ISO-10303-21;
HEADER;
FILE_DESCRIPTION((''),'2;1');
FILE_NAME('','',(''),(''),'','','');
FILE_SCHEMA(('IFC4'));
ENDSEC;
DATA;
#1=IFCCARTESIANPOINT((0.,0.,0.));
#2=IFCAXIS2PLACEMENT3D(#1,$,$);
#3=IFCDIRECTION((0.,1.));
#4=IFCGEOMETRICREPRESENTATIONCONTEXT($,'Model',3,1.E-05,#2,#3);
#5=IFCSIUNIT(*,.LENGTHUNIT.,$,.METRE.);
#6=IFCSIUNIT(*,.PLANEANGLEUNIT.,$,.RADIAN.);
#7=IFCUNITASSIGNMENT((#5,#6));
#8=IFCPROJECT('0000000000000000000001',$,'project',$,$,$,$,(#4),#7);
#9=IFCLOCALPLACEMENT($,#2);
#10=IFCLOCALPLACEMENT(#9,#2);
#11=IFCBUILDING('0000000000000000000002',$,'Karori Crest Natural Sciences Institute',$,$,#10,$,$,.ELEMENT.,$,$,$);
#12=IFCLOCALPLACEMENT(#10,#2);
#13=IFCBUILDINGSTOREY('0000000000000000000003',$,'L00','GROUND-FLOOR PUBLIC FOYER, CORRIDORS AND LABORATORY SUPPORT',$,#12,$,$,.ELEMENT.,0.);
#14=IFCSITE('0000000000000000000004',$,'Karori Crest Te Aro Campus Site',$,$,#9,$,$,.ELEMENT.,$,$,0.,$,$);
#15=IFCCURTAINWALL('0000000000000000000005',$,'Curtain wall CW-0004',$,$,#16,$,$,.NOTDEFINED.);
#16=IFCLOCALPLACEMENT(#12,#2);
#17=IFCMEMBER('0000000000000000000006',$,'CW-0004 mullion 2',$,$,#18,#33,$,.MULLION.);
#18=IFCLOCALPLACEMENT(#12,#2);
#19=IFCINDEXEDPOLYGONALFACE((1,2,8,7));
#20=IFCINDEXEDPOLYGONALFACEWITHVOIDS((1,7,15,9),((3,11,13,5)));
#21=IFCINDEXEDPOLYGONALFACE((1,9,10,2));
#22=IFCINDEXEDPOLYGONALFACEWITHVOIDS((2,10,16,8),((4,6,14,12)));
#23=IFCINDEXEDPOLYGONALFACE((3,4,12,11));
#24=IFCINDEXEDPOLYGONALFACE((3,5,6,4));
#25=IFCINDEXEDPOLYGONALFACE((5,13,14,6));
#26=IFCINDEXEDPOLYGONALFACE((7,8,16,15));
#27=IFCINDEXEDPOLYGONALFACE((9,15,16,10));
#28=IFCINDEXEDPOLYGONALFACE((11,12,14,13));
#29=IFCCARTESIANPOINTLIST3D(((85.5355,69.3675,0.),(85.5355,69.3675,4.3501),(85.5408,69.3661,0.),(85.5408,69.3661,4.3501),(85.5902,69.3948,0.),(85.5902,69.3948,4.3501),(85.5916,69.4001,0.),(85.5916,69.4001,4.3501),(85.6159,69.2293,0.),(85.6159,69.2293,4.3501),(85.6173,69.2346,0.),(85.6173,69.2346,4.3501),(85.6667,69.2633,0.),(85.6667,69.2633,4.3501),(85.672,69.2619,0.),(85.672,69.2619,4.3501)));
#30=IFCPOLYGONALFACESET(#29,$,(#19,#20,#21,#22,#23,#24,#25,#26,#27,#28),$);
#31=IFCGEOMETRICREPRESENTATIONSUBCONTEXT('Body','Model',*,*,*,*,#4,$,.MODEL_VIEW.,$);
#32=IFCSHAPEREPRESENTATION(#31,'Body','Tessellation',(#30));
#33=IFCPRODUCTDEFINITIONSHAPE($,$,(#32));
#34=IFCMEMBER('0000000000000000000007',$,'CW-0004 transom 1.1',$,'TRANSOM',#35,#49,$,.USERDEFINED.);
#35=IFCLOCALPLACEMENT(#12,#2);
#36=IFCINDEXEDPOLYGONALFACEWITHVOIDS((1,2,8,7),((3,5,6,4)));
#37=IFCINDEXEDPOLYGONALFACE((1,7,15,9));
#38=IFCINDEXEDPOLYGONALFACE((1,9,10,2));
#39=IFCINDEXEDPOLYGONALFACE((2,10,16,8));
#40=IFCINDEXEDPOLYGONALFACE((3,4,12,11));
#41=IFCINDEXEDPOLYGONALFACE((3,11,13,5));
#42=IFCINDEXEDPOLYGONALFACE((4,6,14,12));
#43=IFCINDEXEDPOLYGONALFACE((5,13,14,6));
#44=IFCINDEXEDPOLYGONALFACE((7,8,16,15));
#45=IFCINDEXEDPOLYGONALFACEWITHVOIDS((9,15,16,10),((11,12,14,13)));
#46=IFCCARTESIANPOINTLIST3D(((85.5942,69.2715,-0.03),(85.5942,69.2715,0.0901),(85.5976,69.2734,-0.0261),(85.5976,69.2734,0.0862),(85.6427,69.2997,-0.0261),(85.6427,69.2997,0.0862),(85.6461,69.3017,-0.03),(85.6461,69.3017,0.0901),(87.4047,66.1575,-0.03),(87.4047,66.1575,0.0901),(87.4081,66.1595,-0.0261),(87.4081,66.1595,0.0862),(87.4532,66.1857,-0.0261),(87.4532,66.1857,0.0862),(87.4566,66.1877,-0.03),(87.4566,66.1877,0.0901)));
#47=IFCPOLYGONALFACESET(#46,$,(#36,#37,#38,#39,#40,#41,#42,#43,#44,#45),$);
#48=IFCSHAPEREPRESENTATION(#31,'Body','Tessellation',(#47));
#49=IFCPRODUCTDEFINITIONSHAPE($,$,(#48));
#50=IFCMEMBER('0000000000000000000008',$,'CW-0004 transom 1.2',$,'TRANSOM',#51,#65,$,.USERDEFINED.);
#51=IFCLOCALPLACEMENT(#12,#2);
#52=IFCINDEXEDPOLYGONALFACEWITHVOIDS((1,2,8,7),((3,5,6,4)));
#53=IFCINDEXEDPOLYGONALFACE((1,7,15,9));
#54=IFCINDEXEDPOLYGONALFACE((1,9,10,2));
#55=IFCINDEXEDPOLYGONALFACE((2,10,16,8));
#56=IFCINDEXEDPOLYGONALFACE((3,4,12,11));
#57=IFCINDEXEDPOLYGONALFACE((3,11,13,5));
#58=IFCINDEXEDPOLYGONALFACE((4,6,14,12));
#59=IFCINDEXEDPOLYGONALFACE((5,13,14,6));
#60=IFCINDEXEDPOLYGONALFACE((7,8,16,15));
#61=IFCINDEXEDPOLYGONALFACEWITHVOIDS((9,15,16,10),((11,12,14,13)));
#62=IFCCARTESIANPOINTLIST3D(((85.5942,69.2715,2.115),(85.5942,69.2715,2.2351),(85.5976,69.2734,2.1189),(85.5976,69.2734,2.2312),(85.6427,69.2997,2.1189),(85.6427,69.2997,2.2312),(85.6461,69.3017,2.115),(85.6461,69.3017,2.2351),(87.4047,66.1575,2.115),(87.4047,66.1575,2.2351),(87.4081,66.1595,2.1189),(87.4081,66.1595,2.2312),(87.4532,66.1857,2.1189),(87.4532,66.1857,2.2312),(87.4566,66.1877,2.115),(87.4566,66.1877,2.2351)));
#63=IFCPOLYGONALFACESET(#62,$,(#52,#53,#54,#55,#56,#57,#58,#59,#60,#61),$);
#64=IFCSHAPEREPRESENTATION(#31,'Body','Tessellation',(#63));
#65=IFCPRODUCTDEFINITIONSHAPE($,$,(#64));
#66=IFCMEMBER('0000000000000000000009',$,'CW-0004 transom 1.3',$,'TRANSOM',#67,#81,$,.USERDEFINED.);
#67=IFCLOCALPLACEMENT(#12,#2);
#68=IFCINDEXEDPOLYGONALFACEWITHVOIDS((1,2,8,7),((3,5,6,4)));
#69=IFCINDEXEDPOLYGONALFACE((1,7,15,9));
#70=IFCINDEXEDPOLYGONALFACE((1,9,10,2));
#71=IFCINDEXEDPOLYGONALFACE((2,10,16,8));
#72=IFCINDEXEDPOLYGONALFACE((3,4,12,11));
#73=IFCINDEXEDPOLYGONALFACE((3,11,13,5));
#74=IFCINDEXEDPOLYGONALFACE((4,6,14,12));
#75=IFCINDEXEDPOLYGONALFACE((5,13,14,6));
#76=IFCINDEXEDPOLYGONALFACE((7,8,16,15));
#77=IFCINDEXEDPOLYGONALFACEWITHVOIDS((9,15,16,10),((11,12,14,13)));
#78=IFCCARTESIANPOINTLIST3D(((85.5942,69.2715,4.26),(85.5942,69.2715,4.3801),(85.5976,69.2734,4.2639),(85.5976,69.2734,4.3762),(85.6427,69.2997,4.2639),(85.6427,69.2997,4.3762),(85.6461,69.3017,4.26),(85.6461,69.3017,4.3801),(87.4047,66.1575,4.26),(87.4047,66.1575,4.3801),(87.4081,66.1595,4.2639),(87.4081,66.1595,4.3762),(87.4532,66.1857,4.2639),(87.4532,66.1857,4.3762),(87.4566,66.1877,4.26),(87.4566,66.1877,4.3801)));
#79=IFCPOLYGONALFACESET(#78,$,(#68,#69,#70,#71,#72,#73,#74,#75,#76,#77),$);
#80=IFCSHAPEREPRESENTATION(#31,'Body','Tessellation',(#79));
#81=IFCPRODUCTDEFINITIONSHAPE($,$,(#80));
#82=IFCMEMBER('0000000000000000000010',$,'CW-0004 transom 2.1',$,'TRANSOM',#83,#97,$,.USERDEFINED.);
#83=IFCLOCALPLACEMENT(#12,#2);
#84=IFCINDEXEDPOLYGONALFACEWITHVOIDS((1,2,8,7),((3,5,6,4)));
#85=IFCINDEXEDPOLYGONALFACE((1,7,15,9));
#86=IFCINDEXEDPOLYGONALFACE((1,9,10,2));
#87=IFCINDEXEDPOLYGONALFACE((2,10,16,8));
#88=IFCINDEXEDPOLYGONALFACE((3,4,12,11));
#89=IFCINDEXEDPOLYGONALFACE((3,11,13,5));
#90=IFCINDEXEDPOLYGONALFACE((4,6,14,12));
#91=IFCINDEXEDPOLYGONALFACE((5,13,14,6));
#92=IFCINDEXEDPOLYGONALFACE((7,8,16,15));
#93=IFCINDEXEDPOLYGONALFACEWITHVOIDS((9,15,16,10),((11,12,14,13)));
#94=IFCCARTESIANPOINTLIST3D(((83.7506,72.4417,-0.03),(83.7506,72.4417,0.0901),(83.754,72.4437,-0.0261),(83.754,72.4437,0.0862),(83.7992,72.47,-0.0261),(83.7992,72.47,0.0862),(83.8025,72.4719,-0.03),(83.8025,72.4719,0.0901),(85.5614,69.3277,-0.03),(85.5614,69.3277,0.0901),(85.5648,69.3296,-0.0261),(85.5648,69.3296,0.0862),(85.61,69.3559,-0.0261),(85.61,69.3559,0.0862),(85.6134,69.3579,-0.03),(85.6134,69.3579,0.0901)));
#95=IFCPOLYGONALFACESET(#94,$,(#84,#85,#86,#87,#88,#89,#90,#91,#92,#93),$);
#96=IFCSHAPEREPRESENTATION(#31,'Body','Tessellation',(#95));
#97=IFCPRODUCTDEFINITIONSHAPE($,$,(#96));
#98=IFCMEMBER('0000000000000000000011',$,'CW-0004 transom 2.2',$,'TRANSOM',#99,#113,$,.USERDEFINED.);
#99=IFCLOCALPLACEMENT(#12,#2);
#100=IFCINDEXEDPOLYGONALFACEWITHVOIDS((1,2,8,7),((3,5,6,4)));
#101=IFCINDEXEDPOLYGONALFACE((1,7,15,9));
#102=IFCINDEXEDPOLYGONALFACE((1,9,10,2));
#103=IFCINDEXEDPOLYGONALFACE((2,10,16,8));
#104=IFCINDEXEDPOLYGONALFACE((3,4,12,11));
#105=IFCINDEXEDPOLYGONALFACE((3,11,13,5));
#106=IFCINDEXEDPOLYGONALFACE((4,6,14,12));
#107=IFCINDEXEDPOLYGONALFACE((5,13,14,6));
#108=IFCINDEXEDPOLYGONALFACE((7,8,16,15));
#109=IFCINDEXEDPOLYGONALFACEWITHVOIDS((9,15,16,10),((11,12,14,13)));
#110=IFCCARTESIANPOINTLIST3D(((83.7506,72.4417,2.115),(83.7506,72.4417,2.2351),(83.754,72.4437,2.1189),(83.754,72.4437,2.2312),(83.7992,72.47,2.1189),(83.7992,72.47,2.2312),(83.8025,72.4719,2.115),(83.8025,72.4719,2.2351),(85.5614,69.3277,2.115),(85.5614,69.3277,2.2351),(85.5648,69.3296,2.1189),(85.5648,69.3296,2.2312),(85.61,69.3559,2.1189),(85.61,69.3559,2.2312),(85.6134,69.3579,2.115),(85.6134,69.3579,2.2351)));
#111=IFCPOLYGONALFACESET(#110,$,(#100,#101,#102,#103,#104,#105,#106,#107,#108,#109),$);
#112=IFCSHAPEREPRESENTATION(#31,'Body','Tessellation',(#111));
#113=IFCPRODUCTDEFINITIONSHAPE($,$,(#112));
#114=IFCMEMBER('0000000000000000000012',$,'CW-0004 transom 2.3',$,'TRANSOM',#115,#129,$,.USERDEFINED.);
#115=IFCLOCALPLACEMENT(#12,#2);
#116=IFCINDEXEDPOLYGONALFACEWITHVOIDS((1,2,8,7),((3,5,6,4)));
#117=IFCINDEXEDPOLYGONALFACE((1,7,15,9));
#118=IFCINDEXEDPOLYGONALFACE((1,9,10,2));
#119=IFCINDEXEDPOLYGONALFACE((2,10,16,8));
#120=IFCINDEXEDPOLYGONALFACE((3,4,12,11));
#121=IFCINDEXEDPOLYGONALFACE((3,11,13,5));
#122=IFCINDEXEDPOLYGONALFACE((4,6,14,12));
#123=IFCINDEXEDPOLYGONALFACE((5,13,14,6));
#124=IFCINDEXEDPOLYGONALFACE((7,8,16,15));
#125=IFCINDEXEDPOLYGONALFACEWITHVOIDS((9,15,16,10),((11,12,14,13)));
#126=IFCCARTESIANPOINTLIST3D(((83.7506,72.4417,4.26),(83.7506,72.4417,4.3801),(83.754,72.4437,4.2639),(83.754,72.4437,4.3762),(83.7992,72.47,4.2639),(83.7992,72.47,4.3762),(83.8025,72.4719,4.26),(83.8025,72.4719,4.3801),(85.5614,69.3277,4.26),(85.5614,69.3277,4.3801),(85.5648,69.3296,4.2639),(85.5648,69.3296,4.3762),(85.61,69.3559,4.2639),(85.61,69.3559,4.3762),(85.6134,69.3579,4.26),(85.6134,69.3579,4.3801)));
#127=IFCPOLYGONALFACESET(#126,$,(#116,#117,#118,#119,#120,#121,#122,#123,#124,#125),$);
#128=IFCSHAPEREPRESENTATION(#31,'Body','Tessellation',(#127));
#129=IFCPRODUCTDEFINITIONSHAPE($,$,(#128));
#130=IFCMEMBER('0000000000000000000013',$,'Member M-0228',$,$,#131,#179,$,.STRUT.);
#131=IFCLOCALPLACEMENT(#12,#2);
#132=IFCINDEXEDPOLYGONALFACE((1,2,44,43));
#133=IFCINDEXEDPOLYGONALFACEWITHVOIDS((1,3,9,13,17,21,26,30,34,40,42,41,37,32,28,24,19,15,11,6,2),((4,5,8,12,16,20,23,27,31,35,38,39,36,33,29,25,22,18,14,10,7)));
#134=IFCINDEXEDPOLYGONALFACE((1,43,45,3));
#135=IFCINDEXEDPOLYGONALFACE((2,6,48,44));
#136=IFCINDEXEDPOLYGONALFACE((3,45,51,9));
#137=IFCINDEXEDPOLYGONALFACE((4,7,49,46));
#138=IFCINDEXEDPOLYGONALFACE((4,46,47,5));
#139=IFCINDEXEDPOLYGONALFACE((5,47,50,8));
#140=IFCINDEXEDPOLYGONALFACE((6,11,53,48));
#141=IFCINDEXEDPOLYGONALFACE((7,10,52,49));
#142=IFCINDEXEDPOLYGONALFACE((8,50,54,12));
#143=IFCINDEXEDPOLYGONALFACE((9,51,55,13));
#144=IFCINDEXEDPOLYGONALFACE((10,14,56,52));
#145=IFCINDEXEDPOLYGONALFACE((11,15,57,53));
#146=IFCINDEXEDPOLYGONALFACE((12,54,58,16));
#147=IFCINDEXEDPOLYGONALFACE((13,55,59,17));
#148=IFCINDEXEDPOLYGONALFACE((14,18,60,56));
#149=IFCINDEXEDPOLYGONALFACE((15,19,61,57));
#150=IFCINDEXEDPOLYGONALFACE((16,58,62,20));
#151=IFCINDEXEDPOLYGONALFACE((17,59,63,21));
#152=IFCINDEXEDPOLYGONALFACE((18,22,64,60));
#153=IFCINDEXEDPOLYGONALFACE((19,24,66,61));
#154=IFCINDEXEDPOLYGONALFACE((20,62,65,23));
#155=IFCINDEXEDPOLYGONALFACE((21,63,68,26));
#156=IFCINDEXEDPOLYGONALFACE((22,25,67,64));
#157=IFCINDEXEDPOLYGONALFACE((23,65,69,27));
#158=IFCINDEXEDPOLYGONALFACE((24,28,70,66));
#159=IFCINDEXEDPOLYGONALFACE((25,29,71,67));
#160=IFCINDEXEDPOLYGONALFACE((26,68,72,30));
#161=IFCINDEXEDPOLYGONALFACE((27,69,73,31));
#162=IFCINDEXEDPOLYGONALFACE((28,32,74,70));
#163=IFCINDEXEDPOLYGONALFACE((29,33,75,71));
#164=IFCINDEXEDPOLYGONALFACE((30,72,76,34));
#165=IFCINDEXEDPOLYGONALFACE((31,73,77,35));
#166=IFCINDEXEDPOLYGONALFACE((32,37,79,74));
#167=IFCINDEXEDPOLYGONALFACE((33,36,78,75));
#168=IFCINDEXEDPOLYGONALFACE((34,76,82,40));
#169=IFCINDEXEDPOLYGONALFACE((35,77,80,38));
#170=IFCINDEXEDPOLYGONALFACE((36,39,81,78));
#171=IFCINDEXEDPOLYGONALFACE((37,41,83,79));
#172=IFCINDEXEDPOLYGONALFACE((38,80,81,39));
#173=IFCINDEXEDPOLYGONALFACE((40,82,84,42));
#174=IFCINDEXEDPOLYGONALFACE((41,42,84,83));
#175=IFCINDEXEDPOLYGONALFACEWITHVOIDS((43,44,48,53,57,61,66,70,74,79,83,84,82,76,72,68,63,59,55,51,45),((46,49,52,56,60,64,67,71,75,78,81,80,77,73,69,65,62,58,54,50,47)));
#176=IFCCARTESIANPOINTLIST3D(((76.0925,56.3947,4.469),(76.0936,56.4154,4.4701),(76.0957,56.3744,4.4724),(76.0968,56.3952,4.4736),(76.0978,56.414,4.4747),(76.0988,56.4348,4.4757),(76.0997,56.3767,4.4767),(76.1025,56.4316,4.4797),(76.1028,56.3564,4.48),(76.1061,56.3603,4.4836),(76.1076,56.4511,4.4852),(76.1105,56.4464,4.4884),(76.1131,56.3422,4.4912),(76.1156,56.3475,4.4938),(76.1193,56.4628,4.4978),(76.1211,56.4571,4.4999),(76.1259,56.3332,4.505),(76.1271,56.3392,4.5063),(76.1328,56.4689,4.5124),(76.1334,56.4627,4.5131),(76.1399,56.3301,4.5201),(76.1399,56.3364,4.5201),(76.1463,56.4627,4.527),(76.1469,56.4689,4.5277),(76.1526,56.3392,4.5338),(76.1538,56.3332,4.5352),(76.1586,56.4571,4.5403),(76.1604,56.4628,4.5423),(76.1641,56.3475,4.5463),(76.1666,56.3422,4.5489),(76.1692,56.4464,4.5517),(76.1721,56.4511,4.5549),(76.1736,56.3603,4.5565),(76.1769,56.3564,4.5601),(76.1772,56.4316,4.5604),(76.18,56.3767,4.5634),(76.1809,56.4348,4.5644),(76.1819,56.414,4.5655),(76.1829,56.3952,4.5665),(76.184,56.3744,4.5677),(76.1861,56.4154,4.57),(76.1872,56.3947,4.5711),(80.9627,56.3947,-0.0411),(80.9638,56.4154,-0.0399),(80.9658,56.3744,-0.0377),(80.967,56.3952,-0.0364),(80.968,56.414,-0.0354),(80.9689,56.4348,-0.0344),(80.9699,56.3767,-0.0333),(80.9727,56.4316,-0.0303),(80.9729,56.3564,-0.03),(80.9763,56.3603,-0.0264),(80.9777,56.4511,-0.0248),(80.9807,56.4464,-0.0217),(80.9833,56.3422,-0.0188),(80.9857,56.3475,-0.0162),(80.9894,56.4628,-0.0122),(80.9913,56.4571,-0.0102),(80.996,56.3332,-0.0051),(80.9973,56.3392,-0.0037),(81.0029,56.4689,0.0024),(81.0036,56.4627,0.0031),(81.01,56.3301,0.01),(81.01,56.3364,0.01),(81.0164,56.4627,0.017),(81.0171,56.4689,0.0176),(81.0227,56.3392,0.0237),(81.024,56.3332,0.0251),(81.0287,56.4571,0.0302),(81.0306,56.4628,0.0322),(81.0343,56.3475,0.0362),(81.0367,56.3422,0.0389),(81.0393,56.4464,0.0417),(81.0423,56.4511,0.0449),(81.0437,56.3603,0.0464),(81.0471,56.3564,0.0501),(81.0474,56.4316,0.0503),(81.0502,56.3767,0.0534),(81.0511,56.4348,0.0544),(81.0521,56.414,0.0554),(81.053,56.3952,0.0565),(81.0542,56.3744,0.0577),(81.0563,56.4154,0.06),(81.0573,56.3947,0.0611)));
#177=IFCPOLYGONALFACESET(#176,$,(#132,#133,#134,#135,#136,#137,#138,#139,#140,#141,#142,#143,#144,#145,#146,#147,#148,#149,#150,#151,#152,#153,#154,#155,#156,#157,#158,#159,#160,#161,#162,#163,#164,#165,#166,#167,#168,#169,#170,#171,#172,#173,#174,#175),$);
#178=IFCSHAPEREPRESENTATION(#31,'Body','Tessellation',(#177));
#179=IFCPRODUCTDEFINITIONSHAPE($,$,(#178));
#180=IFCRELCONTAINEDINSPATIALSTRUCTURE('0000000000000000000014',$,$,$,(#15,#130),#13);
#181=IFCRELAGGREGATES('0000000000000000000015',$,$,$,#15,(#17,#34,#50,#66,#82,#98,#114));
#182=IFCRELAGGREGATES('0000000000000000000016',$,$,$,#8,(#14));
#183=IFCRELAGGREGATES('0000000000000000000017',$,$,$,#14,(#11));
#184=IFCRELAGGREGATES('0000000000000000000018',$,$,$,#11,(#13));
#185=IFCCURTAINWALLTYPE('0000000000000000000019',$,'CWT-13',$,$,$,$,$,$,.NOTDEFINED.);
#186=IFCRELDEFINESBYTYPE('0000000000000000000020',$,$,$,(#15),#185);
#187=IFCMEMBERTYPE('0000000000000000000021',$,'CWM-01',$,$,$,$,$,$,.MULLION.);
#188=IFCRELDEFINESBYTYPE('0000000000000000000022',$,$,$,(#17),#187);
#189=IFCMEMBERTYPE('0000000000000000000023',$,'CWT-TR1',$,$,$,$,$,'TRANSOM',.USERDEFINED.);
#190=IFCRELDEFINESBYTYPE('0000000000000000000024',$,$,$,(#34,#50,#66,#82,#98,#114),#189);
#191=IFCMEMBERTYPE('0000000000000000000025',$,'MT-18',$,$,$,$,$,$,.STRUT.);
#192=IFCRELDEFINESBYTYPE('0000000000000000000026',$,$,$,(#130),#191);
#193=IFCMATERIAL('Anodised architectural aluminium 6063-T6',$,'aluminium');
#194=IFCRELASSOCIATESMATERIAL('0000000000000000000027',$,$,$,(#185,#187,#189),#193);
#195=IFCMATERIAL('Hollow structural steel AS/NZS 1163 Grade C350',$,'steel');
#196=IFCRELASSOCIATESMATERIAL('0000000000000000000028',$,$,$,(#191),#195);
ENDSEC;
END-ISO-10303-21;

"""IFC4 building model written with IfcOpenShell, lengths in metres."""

from ifc_helpers import new_model, si_unit, direction, frame, origin, origin_2d, place, context, subcontext, project, spatial, hollow_rectangle, hollow_circle, extrude, material, material_profile, profile_set, type_object, element, aggregate, save


model = new_model("IFC4")

# Units and contexts
model_context = context("Model", 3, precision=1e-05, world=origin(), true_north=direction((0.0, 1.0)))
body_context = subcontext(model_context, "Body", "Model", "MODEL_VIEW")
ifc_project = project(units=[si_unit("LENGTHUNIT", "METRE"), si_unit("PLANEANGLEUNIT", "RADIAN")], contexts=[model_context])

# Site, building, storey
site_placement = place(None, origin())
site = spatial("IfcSite", under=ifc_project, at=site_placement, Name="Karori Crest Te Aro Campus Site", CompositionType="ELEMENT", RefElevation=0.0)
building_placement = place(site_placement, origin())
building = spatial("IfcBuilding", under=site, at=building_placement, Name="Karori Crest Natural Sciences Institute", CompositionType="ELEMENT")
storey_placement = place(building_placement, origin())
storey = spatial("IfcBuildingStorey", under=building, at=storey_placement, Name="L00", Description="GROUND-FLOOR PUBLIC FOYER, CORRIDORS AND LABORATORY SUPPORT", CompositionType="ELEMENT", Elevation=0.0)

# Shared definitions
ifc_material_1 = material(Name="Hollow structural steel AS/NZS 1163 Grade C350", Category="steel")

# Curtain wall, members
ifc_material_2 = material(Name="Anodised architectural aluminium 6063-T6", Category="aluminium")
curtain_wall_type = type_object("IfcCurtainWallType", Name="CWT-13", PredefinedType="NOTDEFINED", material=ifc_material_2)
curtain_wall_placement = place(storey_placement, origin())
curtain_wall = element("IfcCurtainWall", 1, at=curtain_wall_placement, inside=storey, type_object=curtain_wall_type, Name="Curtain wall CW-0004", PredefinedType="NOTDEFINED")
ifc_material_profile_1 = material_profile(ifc_material_2, hollow_rectangle(XDim=0.0649, YDim=0.1599, WallThickness=0.0039, at=origin_2d()), Name="CWM160x65x4")
ifc_profile_set_1 = profile_set([ifc_material_profile_1], Name="Anodised architectural aluminium 6063-T6")
member_type_1 = type_object("IfcMemberType", Name="CWM-01", PredefinedType="MULLION", material=ifc_profile_set_1)
member_1_placement = place(storey_placement, frame((85.6038, 69.3147, 0.0), z_axis=(0.0, 0.0, 1.0), x_axis=(-0.864484, -0.50266, 0.0)))
member_1 = element("IfcMember", 2, at=member_1_placement, type_object=member_type_1, Name="CW-0004 mullion 2", PredefinedType="MULLION", context=body_context, shape_type="SweptSolid", body=[
    extrude(hollow_rectangle(XDim=0.0649, YDim=0.1599, WallThickness=0.0039, at=origin_2d()), origin(), (0.0, 0.0, 1.0), 4.3501),
])
ifc_material_profile_2 = material_profile(ifc_material_2, hollow_rectangle(XDim=0.0601, YDim=0.1201, WallThickness=0.0039, at=origin_2d()), Name="CWT120x60x4")
ifc_profile_set_2 = profile_set([ifc_material_profile_2], Name="Anodised architectural aluminium 6063-T6")
member_type_2 = type_object("IfcMemberType", Name="CWT-TR1", ElementType="TRANSOM", PredefinedType="USERDEFINED", material=ifc_profile_set_2)
member_2_placement = place(storey_placement, frame((87.4307, 66.1726, 0.03), z_axis=(-0.502636, 0.864498, 0.0), x_axis=(-0.864498, -0.502636, 0.0)))
member_2 = element("IfcMember", 3, at=member_2_placement, type_object=member_type_2, Name="CW-0004 transom 1.1", ObjectType="TRANSOM", PredefinedType="USERDEFINED", context=body_context, shape_type="SweptSolid", body=[
    extrude(hollow_rectangle(XDim=0.0601, YDim=0.1201, WallThickness=0.0039, at=origin_2d()), origin(), (0.0, 0.0, 1.0), 3.6021),
])
member_3_placement = place(storey_placement, frame((87.4307, 66.1726, 2.175), z_axis=(-0.502636, 0.864498, 0.0), x_axis=(-0.864498, -0.502636, 0.0)))
member_3 = element("IfcMember", 4, at=member_3_placement, type_object=member_type_2, Name="CW-0004 transom 1.2", ObjectType="TRANSOM", PredefinedType="USERDEFINED", context=body_context, shape_type="SweptSolid", body=[
    extrude(hollow_rectangle(XDim=0.0601, YDim=0.1201, WallThickness=0.0039, at=origin_2d()), origin(), (0.0, 0.0, 1.0), 3.6021),
])
member_4_placement = place(storey_placement, frame((87.4307, 66.1726, 4.3201), z_axis=(-0.502636, 0.864498, 0.0), x_axis=(-0.864498, -0.502636, 0.0)))
member_4 = element("IfcMember", 5, at=member_4_placement, type_object=member_type_2, Name="CW-0004 transom 1.3", ObjectType="TRANSOM", PredefinedType="USERDEFINED", context=body_context, shape_type="SweptSolid", body=[
    extrude(hollow_rectangle(XDim=0.0601, YDim=0.1201, WallThickness=0.0039, at=origin_2d()), origin(), (0.0, 0.0, 1.0), 3.6021),
])
member_5_placement = place(storey_placement, frame((85.5874, 69.3428, 0.03), z_axis=(-0.502686, 0.864469, 0.0), x_axis=(-0.864469, -0.502686, 0.0)))
member_5 = element("IfcMember", 6, at=member_5_placement, type_object=member_type_2, Name="CW-0004 transom 2.1", ObjectType="TRANSOM", PredefinedType="USERDEFINED", context=body_context, shape_type="SweptSolid", body=[
    extrude(hollow_rectangle(XDim=0.0601, YDim=0.1201, WallThickness=0.0039, at=origin_2d()), origin(), (0.0, 0.0, 1.0), 3.6023),
])
member_6_placement = place(storey_placement, frame((85.5874, 69.3428, 2.175), z_axis=(-0.502686, 0.864469, 0.0), x_axis=(-0.864469, -0.502686, 0.0)))
member_6 = element("IfcMember", 7, at=member_6_placement, type_object=member_type_2, Name="CW-0004 transom 2.2", ObjectType="TRANSOM", PredefinedType="USERDEFINED", context=body_context, shape_type="SweptSolid", body=[
    extrude(hollow_rectangle(XDim=0.0601, YDim=0.1201, WallThickness=0.0039, at=origin_2d()), origin(), (0.0, 0.0, 1.0), 3.6023),
])
member_7_placement = place(storey_placement, frame((85.5874, 69.3428, 4.3201), z_axis=(-0.502686, 0.864469, 0.0), x_axis=(-0.864469, -0.502686, 0.0)))
member_7 = element("IfcMember", 8, at=member_7_placement, type_object=member_type_2, Name="CW-0004 transom 2.3", ObjectType="TRANSOM", PredefinedType="USERDEFINED", context=body_context, shape_type="SweptSolid", body=[
    extrude(hollow_rectangle(XDim=0.0601, YDim=0.1201, WallThickness=0.0039, at=origin_2d()), origin(), (0.0, 0.0, 1.0), 3.6023),
])

# Member
ifc_material_profile_3 = material_profile(ifc_material_1, hollow_circle(Radius=0.0698, WallThickness=0.0063, at=origin_2d()), Name="CHS139.7x6.4")
ifc_profile_set_3 = profile_set([ifc_material_profile_3], Name="Hollow structural steel AS/NZS 1163 Grade C350")
member_type_3 = type_object("IfcMemberType", Name="MT-18", PredefinedType="STRUT", material=ifc_profile_set_3)
for number, where, z_axis, x_axis, name in (
    (9, (81.01, 56.3999, 0.01), (-0.733712, 0.0, 0.67946), (0.0, -1.0, 0.0), "Member M-0228"),
):
    element("IfcMember", number, at=place(storey_placement, frame(where, z_axis=z_axis, x_axis=x_axis)), inside=storey, type_object=member_type_3, Name=name, PredefinedType="STRUT", context=body_context, shape_type="SweptSolid", body=[
        extrude(hollow_circle(Radius=0.0698, WallThickness=0.0063, at=origin_2d()), origin(), (0.0, 0.0, 1.0), 6.6377),
    ])

aggregate(curtain_wall, [member_1, member_2, member_3, member_4, member_5, member_6, member_7])

save(model, "model.ifc")
